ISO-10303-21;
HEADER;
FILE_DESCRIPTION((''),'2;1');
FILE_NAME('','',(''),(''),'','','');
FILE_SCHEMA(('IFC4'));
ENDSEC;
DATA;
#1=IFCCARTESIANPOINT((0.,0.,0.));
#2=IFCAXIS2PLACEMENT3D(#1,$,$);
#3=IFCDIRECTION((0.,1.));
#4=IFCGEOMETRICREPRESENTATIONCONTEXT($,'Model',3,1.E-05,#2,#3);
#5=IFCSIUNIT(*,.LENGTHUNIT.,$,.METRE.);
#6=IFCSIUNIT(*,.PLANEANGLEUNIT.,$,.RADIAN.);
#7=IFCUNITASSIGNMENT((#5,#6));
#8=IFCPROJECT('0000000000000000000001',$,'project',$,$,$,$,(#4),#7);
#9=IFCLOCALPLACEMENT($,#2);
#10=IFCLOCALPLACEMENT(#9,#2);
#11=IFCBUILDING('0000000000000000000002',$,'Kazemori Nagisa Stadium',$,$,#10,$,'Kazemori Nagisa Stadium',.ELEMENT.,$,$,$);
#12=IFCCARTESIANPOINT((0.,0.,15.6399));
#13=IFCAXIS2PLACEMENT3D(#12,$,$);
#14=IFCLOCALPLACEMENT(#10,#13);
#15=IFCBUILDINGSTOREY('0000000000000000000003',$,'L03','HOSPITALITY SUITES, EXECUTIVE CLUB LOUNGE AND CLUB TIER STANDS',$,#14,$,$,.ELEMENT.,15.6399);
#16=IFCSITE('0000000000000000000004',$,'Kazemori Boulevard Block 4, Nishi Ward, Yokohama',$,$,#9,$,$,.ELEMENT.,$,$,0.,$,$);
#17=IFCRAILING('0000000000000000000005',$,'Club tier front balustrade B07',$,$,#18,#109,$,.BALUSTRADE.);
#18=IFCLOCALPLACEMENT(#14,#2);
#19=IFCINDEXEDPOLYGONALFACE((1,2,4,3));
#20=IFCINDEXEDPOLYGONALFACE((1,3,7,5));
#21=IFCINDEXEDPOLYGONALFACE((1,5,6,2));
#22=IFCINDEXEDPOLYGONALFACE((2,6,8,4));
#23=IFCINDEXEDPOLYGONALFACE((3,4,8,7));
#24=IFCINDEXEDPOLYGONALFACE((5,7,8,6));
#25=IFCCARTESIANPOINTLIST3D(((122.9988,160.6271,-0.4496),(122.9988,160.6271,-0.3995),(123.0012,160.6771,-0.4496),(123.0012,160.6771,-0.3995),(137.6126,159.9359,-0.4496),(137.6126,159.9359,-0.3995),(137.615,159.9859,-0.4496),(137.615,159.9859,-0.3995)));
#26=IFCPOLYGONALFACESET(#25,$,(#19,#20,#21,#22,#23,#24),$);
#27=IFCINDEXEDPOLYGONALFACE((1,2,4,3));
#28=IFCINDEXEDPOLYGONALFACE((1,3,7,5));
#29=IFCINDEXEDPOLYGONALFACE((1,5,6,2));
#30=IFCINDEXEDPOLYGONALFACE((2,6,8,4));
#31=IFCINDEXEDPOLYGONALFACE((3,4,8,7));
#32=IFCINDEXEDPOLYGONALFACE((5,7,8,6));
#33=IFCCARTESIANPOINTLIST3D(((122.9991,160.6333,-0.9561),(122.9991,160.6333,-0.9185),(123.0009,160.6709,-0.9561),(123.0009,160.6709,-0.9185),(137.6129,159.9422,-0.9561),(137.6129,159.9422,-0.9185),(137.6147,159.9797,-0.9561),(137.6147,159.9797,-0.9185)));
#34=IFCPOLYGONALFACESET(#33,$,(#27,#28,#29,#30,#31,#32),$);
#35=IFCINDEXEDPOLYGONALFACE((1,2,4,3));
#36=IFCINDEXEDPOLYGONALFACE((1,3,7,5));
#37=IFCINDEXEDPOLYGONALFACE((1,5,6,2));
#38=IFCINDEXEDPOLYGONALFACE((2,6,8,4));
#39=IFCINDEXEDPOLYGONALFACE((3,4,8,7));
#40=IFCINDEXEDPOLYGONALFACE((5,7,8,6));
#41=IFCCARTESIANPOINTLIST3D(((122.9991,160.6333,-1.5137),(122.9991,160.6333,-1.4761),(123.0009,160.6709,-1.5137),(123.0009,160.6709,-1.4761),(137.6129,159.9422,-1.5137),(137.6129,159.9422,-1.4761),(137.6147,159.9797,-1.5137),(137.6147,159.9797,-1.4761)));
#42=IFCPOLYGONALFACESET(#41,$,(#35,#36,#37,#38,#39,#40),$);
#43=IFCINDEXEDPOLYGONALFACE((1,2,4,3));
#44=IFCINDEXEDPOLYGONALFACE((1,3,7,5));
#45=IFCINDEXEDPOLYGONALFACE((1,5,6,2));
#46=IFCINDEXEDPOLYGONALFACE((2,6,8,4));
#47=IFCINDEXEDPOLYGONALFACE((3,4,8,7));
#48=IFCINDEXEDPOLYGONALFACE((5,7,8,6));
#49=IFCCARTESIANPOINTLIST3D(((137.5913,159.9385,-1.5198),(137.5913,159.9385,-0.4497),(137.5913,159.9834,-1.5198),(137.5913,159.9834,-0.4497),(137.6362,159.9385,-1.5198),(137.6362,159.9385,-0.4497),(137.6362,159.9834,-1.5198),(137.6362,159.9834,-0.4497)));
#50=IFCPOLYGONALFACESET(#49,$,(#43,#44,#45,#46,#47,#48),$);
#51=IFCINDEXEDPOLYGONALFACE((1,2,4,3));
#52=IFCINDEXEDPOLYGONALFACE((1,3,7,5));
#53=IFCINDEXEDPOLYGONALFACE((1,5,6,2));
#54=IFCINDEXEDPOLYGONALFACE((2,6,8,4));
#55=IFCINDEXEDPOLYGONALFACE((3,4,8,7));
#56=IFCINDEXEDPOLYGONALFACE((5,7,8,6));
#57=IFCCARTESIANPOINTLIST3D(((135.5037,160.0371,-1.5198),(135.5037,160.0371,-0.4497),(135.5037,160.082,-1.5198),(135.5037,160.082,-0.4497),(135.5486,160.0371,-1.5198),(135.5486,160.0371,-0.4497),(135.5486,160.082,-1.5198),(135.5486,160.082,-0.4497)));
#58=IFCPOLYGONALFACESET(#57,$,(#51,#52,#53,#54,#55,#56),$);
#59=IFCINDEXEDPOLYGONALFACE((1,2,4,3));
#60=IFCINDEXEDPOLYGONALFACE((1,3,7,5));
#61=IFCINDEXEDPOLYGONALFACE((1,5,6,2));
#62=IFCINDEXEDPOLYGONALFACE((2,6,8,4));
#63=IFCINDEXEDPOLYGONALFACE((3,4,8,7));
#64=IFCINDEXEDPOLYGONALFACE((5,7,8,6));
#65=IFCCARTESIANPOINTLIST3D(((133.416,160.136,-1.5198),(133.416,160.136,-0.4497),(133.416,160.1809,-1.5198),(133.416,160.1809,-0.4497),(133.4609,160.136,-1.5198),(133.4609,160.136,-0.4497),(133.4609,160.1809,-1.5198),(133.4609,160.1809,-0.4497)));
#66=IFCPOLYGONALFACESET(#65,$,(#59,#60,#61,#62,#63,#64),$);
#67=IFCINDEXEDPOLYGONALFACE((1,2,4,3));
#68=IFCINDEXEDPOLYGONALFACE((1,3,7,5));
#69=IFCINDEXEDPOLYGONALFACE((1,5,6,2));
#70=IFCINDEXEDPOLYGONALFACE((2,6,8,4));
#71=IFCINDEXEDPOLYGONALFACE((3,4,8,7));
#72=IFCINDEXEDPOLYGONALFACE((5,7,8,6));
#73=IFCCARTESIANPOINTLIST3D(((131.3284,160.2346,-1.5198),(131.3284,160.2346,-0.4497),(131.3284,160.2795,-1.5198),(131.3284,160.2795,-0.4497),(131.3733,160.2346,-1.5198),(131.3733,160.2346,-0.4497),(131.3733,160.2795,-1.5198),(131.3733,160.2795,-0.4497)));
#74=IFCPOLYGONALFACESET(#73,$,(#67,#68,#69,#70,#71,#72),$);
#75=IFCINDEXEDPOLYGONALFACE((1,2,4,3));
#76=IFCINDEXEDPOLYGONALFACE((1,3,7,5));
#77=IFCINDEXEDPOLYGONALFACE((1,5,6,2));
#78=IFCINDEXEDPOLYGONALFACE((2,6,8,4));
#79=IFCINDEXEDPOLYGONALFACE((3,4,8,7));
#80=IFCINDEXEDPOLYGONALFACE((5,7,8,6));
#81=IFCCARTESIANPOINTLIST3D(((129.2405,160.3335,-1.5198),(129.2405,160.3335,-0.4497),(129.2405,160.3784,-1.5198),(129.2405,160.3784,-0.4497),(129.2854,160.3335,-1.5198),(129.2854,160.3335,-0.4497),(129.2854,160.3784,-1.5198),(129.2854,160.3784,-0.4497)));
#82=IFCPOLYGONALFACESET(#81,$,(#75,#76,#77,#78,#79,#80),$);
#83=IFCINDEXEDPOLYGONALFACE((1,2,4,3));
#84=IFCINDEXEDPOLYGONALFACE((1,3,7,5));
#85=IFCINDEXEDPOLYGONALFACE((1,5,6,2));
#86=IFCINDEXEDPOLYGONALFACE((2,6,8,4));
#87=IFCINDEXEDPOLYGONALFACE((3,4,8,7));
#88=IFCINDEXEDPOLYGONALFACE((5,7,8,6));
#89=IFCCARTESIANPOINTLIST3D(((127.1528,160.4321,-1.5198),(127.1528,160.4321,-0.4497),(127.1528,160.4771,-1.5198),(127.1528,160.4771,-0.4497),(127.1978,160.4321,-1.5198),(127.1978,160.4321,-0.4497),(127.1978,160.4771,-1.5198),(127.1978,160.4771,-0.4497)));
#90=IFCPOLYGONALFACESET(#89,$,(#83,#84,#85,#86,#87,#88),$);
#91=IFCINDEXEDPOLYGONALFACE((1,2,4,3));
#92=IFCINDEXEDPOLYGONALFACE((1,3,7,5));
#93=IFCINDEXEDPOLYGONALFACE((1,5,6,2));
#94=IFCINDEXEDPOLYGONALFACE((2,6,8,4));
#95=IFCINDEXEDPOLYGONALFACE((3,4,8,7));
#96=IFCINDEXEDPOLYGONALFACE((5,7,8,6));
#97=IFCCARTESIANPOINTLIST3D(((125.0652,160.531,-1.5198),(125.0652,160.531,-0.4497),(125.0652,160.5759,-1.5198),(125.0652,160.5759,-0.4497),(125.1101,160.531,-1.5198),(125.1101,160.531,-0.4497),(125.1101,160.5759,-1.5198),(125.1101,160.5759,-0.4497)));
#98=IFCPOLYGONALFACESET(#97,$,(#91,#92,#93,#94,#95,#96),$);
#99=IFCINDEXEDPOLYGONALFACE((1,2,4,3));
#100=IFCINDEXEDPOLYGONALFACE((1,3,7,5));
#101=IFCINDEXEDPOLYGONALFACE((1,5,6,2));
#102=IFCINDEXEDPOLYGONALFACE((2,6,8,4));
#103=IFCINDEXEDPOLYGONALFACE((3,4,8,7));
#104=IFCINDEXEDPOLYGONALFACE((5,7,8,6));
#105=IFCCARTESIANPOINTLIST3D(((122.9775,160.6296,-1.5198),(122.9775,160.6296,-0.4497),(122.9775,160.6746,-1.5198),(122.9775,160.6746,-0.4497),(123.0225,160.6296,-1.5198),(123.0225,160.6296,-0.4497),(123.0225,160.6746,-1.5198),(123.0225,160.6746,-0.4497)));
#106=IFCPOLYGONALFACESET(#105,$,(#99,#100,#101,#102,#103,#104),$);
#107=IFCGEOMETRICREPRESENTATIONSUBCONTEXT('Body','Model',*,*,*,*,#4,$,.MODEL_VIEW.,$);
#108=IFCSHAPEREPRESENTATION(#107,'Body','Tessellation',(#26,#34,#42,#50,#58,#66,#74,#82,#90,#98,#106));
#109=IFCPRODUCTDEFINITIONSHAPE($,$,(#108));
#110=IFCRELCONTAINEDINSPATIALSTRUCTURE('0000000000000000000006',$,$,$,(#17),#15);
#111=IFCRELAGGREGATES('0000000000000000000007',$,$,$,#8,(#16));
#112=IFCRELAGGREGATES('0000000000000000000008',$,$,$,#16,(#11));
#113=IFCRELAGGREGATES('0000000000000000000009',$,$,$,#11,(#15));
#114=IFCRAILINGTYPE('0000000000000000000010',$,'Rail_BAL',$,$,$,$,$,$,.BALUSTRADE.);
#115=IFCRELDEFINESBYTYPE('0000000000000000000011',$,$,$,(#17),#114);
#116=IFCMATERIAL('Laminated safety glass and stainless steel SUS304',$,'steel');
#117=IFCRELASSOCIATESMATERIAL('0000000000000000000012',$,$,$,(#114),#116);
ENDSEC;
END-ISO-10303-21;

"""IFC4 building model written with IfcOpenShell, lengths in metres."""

from ifc_helpers import new_model, si_unit, direction, frame, origin, origin_2d, place, context, subcontext, project, spatial, rectangle, extrude, material, type_object, element, save


model = new_model("IFC4")

# Units and contexts
model_context = context("Model", 3, precision=1e-05, world=origin(), true_north=direction((0.0, 1.0)))
body_context = subcontext(model_context, "Body", "Model", "MODEL_VIEW")
ifc_project = project(units=[si_unit("LENGTHUNIT", "METRE"), si_unit("PLANEANGLEUNIT", "RADIAN")], contexts=[model_context])

# Site, building, storey
site_placement = place(None, origin())
site = spatial("IfcSite", under=ifc_project, at=site_placement, Name="Kazemori Boulevard Block 4, Nishi Ward, Yokohama", CompositionType="ELEMENT", RefElevation=0.0)
building_placement = place(site_placement, origin())
building = spatial("IfcBuilding", under=site, at=building_placement, Name="Kazemori Nagisa Stadium", LongName="Kazemori Nagisa Stadium", CompositionType="ELEMENT")
storey_placement = place(building_placement, frame((0.0, 0.0, 15.6399)))
storey = spatial("IfcBuildingStorey", under=building, at=storey_placement, Name="L03", Description="HOSPITALITY SUITES, EXECUTIVE CLUB LOUNGE AND CLUB TIER STANDS", CompositionType="ELEMENT", Elevation=15.6399)

# Railing
ifc_material_1 = material(Name="Laminated safety glass and stainless steel SUS304", Category="steel")
railing_type = type_object("IfcRailingType", Name="Rail_BAL", PredefinedType="BALUSTRADE", material=ifc_material_1)
railing_placement = place(storey_placement, frame((137.6138, 159.9609, -1.5198)))
element("IfcRailing", 1, at=railing_placement, inside=storey, type_object=railing_type, Name="Club tier front balustrade B07", PredefinedType="BALUSTRADE", context=body_context, shape_type="SweptSolid", body=[
    extrude(rectangle(XDim=0.05, YDim=0.05, at=origin_2d()), frame((0.0, 0.0, 1.0952), z_axis=(-0.998883, 0.047242, 0.0), x_axis=(-0.047242, -0.998883, 0.0)), (0.0, 0.0, 1.0), 14.6301),
    extrude(rectangle(XDim=0.0376, YDim=0.0376, at=origin_2d()), frame((0.0, 0.0, 0.5825), z_axis=(-0.998883, 0.047242, 0.0), x_axis=(-0.047242, -0.998883, 0.0)), (0.0, 0.0, 1.0), 14.6301),
    extrude(rectangle(XDim=0.0376, YDim=0.0376, at=origin_2d()), frame((0.0, 0.0, 0.0249), z_axis=(-0.998883, 0.047242, 0.0), x_axis=(-0.047242, -0.998883, 0.0)), (0.0, 0.0, 1.0), 14.6301),
    extrude(rectangle(XDim=0.0449, YDim=0.0449, at=origin_2d()), origin(), (0.0, 0.0, 1.0), 1.0701),
    extrude(rectangle(XDim=0.0449, YDim=0.0449, at=origin_2d()), frame((-2.0876, 0.0986, 0.0)), (0.0, 0.0, 1.0), 1.0701),
    extrude(rectangle(XDim=0.0449, YDim=0.0449, at=origin_2d()), frame((-4.1753, 0.1975, 0.0)), (0.0, 0.0, 1.0), 1.0701),
    extrude(rectangle(XDim=0.0449, YDim=0.0449, at=origin_2d()), frame((-6.2629, 0.2961, 0.0)), (0.0, 0.0, 1.0), 1.0701),
    extrude(rectangle(XDim=0.0449, YDim=0.0449, at=origin_2d()), frame((-8.3508, 0.395, 0.0)), (0.0, 0.0, 1.0), 1.0701),
    extrude(rectangle(XDim=0.0449, YDim=0.0449, at=origin_2d()), frame((-10.4385, 0.4937, 0.0)), (0.0, 0.0, 1.0), 1.0701),
    extrude(rectangle(XDim=0.0449, YDim=0.0449, at=origin_2d()), frame((-12.5261, 0.5925, 0.0)), (0.0, 0.0, 1.0), 1.0701),
    extrude(rectangle(XDim=0.0449, YDim=0.0449, at=origin_2d()), frame((-14.6138, 0.6912, 0.0)), (0.0, 0.0, 1.0), 1.0701),
])

save(model, "model.ifc")
